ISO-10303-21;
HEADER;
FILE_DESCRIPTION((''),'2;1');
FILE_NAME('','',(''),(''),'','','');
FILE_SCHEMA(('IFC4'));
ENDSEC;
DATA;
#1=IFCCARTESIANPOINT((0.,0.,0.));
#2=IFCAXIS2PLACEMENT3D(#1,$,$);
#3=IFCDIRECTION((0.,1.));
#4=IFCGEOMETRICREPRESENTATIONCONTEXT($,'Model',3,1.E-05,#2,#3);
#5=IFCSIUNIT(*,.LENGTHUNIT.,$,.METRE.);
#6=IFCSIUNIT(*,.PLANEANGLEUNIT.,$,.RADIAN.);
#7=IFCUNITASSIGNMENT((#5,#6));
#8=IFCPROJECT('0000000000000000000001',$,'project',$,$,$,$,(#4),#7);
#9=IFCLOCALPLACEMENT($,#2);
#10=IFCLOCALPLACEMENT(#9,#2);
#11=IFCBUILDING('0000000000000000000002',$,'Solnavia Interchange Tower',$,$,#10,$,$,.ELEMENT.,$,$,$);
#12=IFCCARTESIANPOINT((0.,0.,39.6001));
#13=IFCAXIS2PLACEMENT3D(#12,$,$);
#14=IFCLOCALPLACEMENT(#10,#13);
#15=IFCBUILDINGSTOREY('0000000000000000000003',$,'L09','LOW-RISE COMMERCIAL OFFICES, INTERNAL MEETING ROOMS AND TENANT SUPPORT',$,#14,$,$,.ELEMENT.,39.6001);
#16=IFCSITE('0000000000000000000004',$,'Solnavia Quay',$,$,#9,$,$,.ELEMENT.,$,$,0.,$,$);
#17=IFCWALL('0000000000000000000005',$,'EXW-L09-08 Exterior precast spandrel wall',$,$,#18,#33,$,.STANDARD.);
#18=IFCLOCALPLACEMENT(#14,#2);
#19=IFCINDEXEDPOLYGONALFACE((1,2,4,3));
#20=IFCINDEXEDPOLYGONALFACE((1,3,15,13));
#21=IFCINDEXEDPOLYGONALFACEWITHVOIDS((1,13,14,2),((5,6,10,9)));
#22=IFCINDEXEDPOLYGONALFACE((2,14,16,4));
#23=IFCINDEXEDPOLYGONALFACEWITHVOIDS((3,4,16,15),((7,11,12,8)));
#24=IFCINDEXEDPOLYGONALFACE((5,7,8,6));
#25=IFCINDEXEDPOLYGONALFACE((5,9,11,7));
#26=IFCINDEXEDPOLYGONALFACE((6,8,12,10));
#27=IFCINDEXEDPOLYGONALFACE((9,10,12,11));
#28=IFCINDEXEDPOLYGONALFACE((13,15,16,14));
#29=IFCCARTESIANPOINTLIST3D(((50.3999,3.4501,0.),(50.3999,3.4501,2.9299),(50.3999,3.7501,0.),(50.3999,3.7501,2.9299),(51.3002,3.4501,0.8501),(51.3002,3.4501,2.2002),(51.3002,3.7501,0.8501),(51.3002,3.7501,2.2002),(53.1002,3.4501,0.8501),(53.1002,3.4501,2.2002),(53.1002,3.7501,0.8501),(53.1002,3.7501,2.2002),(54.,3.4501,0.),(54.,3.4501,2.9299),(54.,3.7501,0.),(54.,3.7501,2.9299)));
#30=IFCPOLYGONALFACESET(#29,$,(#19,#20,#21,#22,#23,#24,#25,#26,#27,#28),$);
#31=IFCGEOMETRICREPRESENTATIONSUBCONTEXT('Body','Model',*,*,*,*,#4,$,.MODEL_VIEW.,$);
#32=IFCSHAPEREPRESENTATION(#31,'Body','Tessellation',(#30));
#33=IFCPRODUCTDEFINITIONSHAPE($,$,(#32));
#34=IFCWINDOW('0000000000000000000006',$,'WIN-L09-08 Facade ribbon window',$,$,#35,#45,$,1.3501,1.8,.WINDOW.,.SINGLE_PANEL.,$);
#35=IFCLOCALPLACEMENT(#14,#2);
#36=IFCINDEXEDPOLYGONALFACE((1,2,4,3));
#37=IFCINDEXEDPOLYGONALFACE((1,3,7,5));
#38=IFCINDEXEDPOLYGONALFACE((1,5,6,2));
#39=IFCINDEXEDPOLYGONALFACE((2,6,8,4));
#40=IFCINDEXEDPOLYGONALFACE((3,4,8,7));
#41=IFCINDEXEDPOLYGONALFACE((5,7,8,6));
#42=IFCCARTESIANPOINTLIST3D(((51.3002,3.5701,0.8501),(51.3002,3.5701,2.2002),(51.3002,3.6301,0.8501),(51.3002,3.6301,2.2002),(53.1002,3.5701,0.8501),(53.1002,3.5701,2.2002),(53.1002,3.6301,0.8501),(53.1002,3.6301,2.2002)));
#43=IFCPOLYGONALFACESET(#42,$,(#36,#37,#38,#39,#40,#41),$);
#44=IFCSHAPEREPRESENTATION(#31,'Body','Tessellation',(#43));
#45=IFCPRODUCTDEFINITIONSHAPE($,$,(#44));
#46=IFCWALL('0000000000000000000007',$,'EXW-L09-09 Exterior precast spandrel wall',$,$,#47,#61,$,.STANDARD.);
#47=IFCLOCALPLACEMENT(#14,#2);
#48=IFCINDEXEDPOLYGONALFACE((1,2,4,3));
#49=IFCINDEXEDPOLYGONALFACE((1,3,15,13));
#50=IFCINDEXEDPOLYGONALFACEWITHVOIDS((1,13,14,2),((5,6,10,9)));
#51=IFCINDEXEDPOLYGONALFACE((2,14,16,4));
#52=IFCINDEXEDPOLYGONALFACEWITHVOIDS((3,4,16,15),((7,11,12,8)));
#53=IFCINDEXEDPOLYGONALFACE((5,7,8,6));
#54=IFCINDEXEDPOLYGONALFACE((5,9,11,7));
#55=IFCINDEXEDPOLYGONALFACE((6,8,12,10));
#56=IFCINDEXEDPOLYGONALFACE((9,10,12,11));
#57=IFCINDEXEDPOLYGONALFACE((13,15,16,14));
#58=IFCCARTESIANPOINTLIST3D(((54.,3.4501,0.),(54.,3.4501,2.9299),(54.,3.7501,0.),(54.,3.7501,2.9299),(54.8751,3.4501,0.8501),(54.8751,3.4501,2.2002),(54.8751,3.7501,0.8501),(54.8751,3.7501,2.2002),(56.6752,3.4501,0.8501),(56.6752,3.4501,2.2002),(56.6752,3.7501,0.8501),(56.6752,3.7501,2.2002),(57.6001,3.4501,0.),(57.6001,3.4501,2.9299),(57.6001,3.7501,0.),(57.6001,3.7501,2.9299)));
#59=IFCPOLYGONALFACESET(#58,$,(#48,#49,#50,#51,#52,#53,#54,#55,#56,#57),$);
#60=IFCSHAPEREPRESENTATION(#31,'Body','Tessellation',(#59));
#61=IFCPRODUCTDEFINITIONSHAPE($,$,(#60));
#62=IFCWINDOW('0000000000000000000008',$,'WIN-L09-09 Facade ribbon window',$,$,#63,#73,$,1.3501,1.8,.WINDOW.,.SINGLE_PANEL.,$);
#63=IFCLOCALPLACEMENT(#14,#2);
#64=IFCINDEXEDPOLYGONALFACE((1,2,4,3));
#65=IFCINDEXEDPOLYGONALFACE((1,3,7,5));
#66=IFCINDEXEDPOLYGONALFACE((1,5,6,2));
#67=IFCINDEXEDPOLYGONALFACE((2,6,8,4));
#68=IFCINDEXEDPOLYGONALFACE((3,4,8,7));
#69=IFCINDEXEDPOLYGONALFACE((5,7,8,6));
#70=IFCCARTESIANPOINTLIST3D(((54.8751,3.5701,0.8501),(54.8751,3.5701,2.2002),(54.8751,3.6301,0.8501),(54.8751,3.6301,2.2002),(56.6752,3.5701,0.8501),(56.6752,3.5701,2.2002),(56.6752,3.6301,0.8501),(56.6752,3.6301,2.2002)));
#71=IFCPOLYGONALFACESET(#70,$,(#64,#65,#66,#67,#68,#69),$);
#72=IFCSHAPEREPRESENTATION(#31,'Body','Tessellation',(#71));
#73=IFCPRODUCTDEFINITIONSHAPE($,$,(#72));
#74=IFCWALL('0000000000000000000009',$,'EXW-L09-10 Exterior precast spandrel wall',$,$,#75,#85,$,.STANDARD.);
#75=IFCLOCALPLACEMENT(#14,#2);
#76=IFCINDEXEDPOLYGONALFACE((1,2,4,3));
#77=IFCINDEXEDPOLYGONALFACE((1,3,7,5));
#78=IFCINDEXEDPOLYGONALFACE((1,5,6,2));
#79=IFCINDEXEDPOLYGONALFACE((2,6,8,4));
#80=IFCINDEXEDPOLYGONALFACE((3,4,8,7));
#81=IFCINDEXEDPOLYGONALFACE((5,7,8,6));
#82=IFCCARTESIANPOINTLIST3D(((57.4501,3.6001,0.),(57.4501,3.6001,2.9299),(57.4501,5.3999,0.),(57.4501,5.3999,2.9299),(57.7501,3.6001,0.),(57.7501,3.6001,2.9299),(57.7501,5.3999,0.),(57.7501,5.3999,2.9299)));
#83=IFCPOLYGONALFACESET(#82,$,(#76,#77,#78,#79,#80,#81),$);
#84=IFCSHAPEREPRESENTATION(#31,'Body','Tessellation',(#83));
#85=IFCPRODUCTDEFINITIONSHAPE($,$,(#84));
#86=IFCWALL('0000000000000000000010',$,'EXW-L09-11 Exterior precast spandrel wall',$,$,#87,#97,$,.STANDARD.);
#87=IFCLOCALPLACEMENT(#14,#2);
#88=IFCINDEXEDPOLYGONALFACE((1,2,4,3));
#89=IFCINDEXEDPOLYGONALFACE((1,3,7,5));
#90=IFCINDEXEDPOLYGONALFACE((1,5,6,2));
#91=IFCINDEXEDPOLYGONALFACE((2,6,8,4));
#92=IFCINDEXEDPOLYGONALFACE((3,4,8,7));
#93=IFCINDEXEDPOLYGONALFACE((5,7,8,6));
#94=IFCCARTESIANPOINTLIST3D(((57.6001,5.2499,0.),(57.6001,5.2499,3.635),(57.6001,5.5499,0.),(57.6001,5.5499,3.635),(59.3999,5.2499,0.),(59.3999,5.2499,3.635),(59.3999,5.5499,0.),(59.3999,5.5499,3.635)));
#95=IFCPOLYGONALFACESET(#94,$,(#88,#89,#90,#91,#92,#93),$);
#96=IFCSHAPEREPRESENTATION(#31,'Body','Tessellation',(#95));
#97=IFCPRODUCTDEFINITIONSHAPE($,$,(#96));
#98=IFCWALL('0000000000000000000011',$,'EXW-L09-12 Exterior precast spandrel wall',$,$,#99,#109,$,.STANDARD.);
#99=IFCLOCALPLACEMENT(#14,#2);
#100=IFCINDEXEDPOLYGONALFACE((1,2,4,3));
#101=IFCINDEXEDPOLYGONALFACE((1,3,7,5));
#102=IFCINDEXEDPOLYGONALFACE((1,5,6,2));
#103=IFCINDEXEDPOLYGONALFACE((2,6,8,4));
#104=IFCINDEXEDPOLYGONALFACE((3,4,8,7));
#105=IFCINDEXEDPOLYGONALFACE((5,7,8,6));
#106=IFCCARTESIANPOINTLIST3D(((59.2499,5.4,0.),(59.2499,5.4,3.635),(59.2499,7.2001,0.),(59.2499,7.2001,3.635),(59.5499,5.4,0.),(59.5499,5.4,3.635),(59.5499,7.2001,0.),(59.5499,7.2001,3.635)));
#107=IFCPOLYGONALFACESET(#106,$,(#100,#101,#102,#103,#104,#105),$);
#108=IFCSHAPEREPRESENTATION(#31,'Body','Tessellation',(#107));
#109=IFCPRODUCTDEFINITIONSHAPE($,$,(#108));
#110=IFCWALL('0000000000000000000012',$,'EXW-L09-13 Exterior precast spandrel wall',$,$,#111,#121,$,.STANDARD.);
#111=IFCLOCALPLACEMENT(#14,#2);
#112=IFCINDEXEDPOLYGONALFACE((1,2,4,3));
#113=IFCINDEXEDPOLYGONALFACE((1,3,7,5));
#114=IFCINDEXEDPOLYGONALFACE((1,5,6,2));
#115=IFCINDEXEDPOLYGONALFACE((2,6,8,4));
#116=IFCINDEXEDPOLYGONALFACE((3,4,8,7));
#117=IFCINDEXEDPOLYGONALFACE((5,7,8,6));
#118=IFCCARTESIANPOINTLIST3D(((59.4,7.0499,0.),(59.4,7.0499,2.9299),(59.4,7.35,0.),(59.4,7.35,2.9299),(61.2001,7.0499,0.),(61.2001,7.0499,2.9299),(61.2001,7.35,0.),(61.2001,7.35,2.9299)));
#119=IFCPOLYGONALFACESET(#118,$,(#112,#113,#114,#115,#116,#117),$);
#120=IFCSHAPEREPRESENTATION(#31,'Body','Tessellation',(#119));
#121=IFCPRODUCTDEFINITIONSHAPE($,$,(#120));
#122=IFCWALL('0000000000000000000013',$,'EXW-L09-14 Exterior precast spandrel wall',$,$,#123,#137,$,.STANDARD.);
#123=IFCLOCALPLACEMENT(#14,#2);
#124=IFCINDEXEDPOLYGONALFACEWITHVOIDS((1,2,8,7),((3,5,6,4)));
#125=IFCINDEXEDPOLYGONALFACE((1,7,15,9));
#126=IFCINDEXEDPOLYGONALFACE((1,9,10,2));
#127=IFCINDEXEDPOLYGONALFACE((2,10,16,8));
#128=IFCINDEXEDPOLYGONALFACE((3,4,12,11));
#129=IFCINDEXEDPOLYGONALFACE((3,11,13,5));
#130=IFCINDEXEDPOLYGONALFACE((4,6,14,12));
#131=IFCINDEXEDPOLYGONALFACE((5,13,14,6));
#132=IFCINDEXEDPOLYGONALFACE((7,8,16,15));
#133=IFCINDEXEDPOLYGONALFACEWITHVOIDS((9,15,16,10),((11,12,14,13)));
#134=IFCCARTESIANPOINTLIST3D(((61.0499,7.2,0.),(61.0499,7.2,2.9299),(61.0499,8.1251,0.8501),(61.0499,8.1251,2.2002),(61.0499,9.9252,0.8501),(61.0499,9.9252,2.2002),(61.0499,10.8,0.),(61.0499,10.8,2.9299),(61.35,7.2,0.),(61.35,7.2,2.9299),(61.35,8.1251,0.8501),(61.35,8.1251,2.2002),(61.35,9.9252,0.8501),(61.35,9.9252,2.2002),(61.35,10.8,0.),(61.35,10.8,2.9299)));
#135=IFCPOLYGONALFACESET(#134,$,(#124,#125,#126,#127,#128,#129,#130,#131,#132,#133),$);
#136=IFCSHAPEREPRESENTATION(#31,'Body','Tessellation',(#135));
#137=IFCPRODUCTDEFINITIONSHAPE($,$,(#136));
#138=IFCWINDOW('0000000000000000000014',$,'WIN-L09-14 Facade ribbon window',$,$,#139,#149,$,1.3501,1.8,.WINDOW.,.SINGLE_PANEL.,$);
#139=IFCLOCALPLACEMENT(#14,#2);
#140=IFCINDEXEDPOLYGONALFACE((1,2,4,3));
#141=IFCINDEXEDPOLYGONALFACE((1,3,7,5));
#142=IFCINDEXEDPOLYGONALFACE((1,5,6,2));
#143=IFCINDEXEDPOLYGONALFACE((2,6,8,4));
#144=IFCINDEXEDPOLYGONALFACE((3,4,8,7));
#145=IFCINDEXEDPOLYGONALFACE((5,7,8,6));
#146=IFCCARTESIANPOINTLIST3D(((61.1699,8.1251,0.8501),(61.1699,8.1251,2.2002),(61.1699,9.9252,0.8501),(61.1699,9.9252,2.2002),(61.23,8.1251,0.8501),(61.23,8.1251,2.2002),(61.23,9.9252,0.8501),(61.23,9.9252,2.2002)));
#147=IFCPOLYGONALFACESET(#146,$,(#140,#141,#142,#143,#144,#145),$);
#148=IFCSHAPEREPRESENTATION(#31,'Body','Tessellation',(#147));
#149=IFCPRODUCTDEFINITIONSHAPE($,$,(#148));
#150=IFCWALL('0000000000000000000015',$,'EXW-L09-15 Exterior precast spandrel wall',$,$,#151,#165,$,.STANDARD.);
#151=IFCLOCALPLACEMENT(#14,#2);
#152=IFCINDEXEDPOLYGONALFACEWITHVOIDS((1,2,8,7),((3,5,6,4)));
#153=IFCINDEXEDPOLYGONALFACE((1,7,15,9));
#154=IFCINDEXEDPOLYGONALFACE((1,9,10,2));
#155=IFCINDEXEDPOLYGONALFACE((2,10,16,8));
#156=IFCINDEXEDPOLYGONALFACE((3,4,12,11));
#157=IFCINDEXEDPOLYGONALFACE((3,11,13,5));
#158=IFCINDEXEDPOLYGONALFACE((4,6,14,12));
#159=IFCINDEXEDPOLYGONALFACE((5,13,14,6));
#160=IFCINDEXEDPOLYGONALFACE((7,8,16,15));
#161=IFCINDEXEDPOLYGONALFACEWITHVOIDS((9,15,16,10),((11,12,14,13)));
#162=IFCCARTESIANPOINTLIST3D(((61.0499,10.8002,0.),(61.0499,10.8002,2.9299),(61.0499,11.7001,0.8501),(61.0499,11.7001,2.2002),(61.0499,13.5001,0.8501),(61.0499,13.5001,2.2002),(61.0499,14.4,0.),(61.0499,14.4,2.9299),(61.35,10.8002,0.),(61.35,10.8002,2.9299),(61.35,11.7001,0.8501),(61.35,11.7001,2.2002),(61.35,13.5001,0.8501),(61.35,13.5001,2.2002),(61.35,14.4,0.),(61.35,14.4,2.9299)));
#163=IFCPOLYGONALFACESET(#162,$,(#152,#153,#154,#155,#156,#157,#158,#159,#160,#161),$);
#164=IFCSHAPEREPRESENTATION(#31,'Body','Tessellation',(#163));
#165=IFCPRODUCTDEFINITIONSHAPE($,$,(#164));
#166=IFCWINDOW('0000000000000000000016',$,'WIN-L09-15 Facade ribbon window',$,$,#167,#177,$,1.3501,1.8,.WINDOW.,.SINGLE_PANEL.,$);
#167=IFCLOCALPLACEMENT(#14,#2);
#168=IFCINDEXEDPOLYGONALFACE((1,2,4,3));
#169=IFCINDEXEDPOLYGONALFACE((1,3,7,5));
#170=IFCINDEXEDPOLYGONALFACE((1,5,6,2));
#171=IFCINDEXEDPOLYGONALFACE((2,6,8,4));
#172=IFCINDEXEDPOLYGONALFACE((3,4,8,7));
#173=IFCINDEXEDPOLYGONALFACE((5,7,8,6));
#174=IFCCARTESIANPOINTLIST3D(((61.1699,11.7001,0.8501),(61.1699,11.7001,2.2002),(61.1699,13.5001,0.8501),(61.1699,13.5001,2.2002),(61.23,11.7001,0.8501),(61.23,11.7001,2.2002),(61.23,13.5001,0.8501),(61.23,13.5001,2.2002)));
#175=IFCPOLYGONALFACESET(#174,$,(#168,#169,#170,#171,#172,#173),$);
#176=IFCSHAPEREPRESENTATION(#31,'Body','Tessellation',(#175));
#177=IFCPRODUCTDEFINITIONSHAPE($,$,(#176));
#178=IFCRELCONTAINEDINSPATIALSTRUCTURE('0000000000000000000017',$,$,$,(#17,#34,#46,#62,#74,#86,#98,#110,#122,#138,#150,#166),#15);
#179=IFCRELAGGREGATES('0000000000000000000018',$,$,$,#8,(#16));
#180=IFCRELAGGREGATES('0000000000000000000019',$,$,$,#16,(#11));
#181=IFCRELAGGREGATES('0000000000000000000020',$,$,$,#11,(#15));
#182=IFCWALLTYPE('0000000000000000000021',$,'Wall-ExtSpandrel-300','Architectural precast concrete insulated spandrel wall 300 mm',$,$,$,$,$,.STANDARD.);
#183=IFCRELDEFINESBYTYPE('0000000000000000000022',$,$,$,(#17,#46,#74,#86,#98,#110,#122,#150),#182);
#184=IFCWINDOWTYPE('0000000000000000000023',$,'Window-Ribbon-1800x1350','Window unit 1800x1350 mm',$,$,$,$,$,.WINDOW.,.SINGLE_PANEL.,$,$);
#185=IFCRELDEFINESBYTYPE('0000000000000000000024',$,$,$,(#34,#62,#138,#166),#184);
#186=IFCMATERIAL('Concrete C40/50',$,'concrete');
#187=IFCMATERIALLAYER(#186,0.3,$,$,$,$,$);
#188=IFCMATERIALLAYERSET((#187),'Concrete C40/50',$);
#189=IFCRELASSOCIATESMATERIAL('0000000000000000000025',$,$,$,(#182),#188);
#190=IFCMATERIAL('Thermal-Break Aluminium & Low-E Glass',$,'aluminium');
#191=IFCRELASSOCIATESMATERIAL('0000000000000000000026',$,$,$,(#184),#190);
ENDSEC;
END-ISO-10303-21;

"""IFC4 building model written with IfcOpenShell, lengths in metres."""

from ifc_helpers import new_model, si_unit, direction, frame, frame_2d, origin, place, context, subcontext, project, spatial, rectangle, extrude, material, layer, layer_set, type_object, element, fill, save


model = new_model("IFC4")

# Units and contexts
model_context = context("Model", 3, precision=1e-05, world=origin(), true_north=direction((0.0, 1.0)))
body_context = subcontext(model_context, "Body", "Model", "MODEL_VIEW")
ifc_project = project(units=[si_unit("LENGTHUNIT", "METRE"), si_unit("PLANEANGLEUNIT", "RADIAN")], contexts=[model_context])

# Site, building, storey
site_placement = place(None, origin())
site = spatial("IfcSite", under=ifc_project, at=site_placement, Name="Solnavia Quay", CompositionType="ELEMENT", RefElevation=0.0)
building_placement = place(site_placement, origin())
building = spatial("IfcBuilding", under=site, at=building_placement, Name="Solnavia Interchange Tower", CompositionType="ELEMENT")
storey_placement = place(building_placement, frame((0.0, 0.0, 39.6001)))
storey = spatial("IfcBuildingStorey", under=building, at=storey_placement, Name="L09", Description="LOW-RISE COMMERCIAL OFFICES, INTERNAL MEETING ROOMS AND TENANT SUPPORT", CompositionType="ELEMENT", Elevation=39.6001)

# Walls, openings, windows
ifc_material_1 = material(Name="Concrete C40/50", Category="concrete")
ifc_layer_1 = layer(ifc_material_1, 0.3)
ifc_layer_set_1 = layer_set([ifc_layer_1], Name="Concrete C40/50")
wall_type_1 = type_object("IfcWallType", Name="Wall-ExtSpandrel-300", Description="Architectural precast concrete insulated spandrel wall 300 mm", PredefinedType="STANDARD", material=ifc_layer_set_1)
wall_1_placement = place(storey_placement, frame((54.0, 3.6001, 0.0), z_axis=(0.0, 0.0, 1.0), x_axis=(-1.0, 0.0, 0.0)))
wall_1 = element("IfcWall", 1, at=wall_1_placement, inside=storey, type_object=wall_type_1, Name="EXW-L09-08 Exterior precast spandrel wall", PredefinedType="STANDARD", context=body_context, shape_type="SweptSolid", body=[
    extrude(rectangle(XDim=3.6001, YDim=0.3, at=frame_2d((1.8, 0.0))), origin(), (0.0, 0.0, 1.0), 2.9299),
])
opening_1_placement = place(wall_1_placement, frame((0.8999, 0.0, 0.8501)))
opening_1 = element("IfcOpeningElement", 2, at=opening_1_placement, cuts=wall_1, PredefinedType="OPENING", context=body_context, shape_type="SweptSolid", body=[
    extrude(rectangle(XDim=1.8, YDim=1.3501, at=frame_2d((0.8999, 0.675))), frame((0.0, 0.1602, 0.0), z_axis=(0.0, -1.0, 0.0), x_axis=(1.0, 0.0, 0.0)), (0.0, 0.0, 1.0), 0.3201),
])
ifc_material_2 = material(Name="Thermal-Break Aluminium & Low-E Glass", Category="aluminium")
window_type = type_object("IfcWindowType", Name="Window-Ribbon-1800x1350", Description="Window unit 1800x1350 mm", PartitioningType="SINGLE_PANEL", PredefinedType="WINDOW", material=ifc_material_2)
window_1_placement = place(opening_1_placement, origin())
window_1 = element("IfcWindow", 3, at=window_1_placement, inside=storey, type_object=window_type, Name="WIN-L09-08 Facade ribbon window", OverallHeight=1.3501, OverallWidth=1.8, PartitioningType="SINGLE_PANEL", PredefinedType="WINDOW", context=body_context, shape_type="SweptSolid", body=[
    extrude(rectangle(XDim=1.8, YDim=1.3501, at=frame_2d((0.8999, 0.675))), frame((0.0, 0.03, 0.0), z_axis=(0.0, -1.0, 0.0), x_axis=(1.0, 0.0, 0.0)), (0.0, 0.0, 1.0), 0.0601),
])
fill(opening_1, window_1)
wall_2_placement = place(storey_placement, frame((57.6001, 3.6001, 0.0), z_axis=(0.0, 0.0, 1.0), x_axis=(-1.0, 0.0, 0.0)))
wall_2 = element("IfcWall", 4, at=wall_2_placement, inside=storey, type_object=wall_type_1, Name="EXW-L09-09 Exterior precast spandrel wall", PredefinedType="STANDARD", context=body_context, shape_type="SweptSolid", body=[
    extrude(rectangle(XDim=3.6001, YDim=0.3, at=frame_2d((1.8, 0.0))), origin(), (0.0, 0.0, 1.0), 2.9299),
])
opening_2_placement = place(wall_2_placement, frame((0.925, 0.0, 0.8501)))
opening_2 = element("IfcOpeningElement", 5, at=opening_2_placement, cuts=wall_2, PredefinedType="OPENING", context=body_context, shape_type="SweptSolid", body=[
    extrude(rectangle(XDim=1.8, YDim=1.3501, at=frame_2d((0.8999, 0.675))), frame((0.0, 0.1602, 0.0), z_axis=(0.0, -1.0, 0.0), x_axis=(1.0, 0.0, 0.0)), (0.0, 0.0, 1.0), 0.3201),
])
window_2_placement = place(opening_2_placement, origin())
window_2 = element("IfcWindow", 6, at=window_2_placement, inside=storey, type_object=window_type, Name="WIN-L09-09 Facade ribbon window", OverallHeight=1.3501, OverallWidth=1.8, PartitioningType="SINGLE_PANEL", PredefinedType="WINDOW", context=body_context, shape_type="SweptSolid", body=[
    extrude(rectangle(XDim=1.8, YDim=1.3501, at=frame_2d((0.8999, 0.675))), frame((0.0, 0.03, 0.0), z_axis=(0.0, -1.0, 0.0), x_axis=(1.0, 0.0, 0.0)), (0.0, 0.0, 1.0), 0.0601),
])
fill(opening_2, window_2)

# Walls
wall_3_placement = place(storey_placement, frame((57.6001, 5.3999, 0.0), z_axis=(0.0, 0.0, 1.0), x_axis=(0.0, -1.0, 0.0)))
element("IfcWall", 7, at=wall_3_placement, inside=storey, type_object=wall_type_1, Name="EXW-L09-10 Exterior precast spandrel wall", PredefinedType="STANDARD", context=body_context, shape_type="SweptSolid", body=[
    extrude(rectangle(XDim=1.7998, YDim=0.3, at=frame_2d((0.8999, 0.0))), origin(), (0.0, 0.0, 1.0), 2.9299),
])
wall_4_placement = place(storey_placement, frame((59.3999, 5.3999, 0.0), z_axis=(0.0, 0.0, 1.0), x_axis=(-1.0, 0.0, 0.0)))
element("IfcWall", 8, at=wall_4_placement, inside=storey, type_object=wall_type_1, Name="EXW-L09-11 Exterior precast spandrel wall", PredefinedType="STANDARD", context=body_context, shape_type="SweptSolid", body=[
    extrude(rectangle(XDim=1.7998, YDim=0.3, at=frame_2d((0.8999, 0.0))), origin(), (0.0, 0.0, 1.0), 3.635),
])
wall_5_placement = place(storey_placement, frame((59.3999, 7.2, 0.0), z_axis=(0.0, 0.0, 1.0), x_axis=(0.0, -1.0, 0.0)))
element("IfcWall", 9, at=wall_5_placement, inside=storey, type_object=wall_type_1, Name="EXW-L09-12 Exterior precast spandrel wall", PredefinedType="STANDARD", context=body_context, shape_type="SweptSolid", body=[
    extrude(rectangle(XDim=1.8, YDim=0.3, at=frame_2d((0.8999, 0.0))), origin(), (0.0, 0.0, 1.0), 3.635),
])
wall_6_placement = place(storey_placement, frame((61.2, 7.2, 0.0), z_axis=(0.0, 0.0, 1.0), x_axis=(-1.0, 0.0, 0.0)))
element("IfcWall", 10, at=wall_6_placement, inside=storey, type_object=wall_type_1, Name="EXW-L09-13 Exterior precast spandrel wall", PredefinedType="STANDARD", context=body_context, shape_type="SweptSolid", body=[
    extrude(rectangle(XDim=1.8, YDim=0.3, at=frame_2d((0.8999, 0.0))), origin(), (0.0, 0.0, 1.0), 2.9299),
])

# Walls, openings, windows
wall_7_placement = place(storey_placement, frame((61.2, 10.8, 0.0), z_axis=(0.0, 0.0, 1.0), x_axis=(0.0, -1.0, 0.0)))
wall_7 = element("IfcWall", 11, at=wall_7_placement, inside=storey, type_object=wall_type_1, Name="EXW-L09-14 Exterior precast spandrel wall", PredefinedType="STANDARD", context=body_context, shape_type="SweptSolid", body=[
    extrude(rectangle(XDim=3.6001, YDim=0.3, at=frame_2d((1.8, 0.0))), origin(), (0.0, 0.0, 1.0), 2.9299),
])
opening_3_placement = place(wall_7_placement, frame((0.875, 0.0, 0.8501)))
opening_3 = element("IfcOpeningElement", 12, at=opening_3_placement, cuts=wall_7, PredefinedType="OPENING", context=body_context, shape_type="SweptSolid", body=[
    extrude(rectangle(XDim=1.8, YDim=1.3501, at=frame_2d((0.8999, 0.675))), frame((0.0, 0.1602, 0.0), z_axis=(0.0, -1.0, 0.0), x_axis=(1.0, 0.0, 0.0)), (0.0, 0.0, 1.0), 0.3201),
])
window_3_placement = place(opening_3_placement, origin())
window_3 = element("IfcWindow", 13, at=window_3_placement, inside=storey, type_object=window_type, Name="WIN-L09-14 Facade ribbon window", OverallHeight=1.3501, OverallWidth=1.8, PartitioningType="SINGLE_PANEL", PredefinedType="WINDOW", context=body_context, shape_type="SweptSolid", body=[
    extrude(rectangle(XDim=1.8, YDim=1.3501, at=frame_2d((0.8999, 0.675))), frame((0.0, 0.03, 0.0), z_axis=(0.0, -1.0, 0.0), x_axis=(1.0, 0.0, 0.0)), (0.0, 0.0, 1.0), 0.0601),
])
fill(opening_3, window_3)
wall_8_placement = place(storey_placement, frame((61.2, 14.3999, 0.0), z_axis=(0.0, 0.0, 1.0), x_axis=(0.0, -1.0, 0.0)))
wall_8 = element("IfcWall", 14, at=wall_8_placement, inside=storey, type_object=wall_type_1, Name="EXW-L09-15 Exterior precast spandrel wall", PredefinedType="STANDARD", context=body_context, shape_type="SweptSolid", body=[
    extrude(rectangle(XDim=3.5999, YDim=0.3, at=frame_2d((1.7998, 0.0))), origin(), (0.0, 0.0, 1.0), 2.9299),
])
opening_4_placement = place(wall_8_placement, frame((0.8999, 0.0, 0.8501)))
opening_4 = element("IfcOpeningElement", 15, at=opening_4_placement, cuts=wall_8, PredefinedType="OPENING", context=body_context, shape_type="SweptSolid", body=[
    extrude(rectangle(XDim=1.8, YDim=1.3501, at=frame_2d((0.8999, 0.675))), frame((0.0, 0.1602, 0.0), z_axis=(0.0, -1.0, 0.0), x_axis=(1.0, 0.0, 0.0)), (0.0, 0.0, 1.0), 0.3201),
])
window_4_placement = place(opening_4_placement, origin())
window_4 = element("IfcWindow", 16, at=window_4_placement, inside=storey, type_object=window_type, Name="WIN-L09-15 Facade ribbon window", OverallHeight=1.3501, OverallWidth=1.8, PartitioningType="SINGLE_PANEL", PredefinedType="WINDOW", context=body_context, shape_type="SweptSolid", body=[
    extrude(rectangle(XDim=1.8, YDim=1.3501, at=frame_2d((0.8999, 0.675))), frame((0.0, 0.03, 0.0), z_axis=(0.0, -1.0, 0.0), x_axis=(1.0, 0.0, 0.0)), (0.0, 0.0, 1.0), 0.0601),
])
fill(opening_4, window_4)

save(model, "model.ifc")
